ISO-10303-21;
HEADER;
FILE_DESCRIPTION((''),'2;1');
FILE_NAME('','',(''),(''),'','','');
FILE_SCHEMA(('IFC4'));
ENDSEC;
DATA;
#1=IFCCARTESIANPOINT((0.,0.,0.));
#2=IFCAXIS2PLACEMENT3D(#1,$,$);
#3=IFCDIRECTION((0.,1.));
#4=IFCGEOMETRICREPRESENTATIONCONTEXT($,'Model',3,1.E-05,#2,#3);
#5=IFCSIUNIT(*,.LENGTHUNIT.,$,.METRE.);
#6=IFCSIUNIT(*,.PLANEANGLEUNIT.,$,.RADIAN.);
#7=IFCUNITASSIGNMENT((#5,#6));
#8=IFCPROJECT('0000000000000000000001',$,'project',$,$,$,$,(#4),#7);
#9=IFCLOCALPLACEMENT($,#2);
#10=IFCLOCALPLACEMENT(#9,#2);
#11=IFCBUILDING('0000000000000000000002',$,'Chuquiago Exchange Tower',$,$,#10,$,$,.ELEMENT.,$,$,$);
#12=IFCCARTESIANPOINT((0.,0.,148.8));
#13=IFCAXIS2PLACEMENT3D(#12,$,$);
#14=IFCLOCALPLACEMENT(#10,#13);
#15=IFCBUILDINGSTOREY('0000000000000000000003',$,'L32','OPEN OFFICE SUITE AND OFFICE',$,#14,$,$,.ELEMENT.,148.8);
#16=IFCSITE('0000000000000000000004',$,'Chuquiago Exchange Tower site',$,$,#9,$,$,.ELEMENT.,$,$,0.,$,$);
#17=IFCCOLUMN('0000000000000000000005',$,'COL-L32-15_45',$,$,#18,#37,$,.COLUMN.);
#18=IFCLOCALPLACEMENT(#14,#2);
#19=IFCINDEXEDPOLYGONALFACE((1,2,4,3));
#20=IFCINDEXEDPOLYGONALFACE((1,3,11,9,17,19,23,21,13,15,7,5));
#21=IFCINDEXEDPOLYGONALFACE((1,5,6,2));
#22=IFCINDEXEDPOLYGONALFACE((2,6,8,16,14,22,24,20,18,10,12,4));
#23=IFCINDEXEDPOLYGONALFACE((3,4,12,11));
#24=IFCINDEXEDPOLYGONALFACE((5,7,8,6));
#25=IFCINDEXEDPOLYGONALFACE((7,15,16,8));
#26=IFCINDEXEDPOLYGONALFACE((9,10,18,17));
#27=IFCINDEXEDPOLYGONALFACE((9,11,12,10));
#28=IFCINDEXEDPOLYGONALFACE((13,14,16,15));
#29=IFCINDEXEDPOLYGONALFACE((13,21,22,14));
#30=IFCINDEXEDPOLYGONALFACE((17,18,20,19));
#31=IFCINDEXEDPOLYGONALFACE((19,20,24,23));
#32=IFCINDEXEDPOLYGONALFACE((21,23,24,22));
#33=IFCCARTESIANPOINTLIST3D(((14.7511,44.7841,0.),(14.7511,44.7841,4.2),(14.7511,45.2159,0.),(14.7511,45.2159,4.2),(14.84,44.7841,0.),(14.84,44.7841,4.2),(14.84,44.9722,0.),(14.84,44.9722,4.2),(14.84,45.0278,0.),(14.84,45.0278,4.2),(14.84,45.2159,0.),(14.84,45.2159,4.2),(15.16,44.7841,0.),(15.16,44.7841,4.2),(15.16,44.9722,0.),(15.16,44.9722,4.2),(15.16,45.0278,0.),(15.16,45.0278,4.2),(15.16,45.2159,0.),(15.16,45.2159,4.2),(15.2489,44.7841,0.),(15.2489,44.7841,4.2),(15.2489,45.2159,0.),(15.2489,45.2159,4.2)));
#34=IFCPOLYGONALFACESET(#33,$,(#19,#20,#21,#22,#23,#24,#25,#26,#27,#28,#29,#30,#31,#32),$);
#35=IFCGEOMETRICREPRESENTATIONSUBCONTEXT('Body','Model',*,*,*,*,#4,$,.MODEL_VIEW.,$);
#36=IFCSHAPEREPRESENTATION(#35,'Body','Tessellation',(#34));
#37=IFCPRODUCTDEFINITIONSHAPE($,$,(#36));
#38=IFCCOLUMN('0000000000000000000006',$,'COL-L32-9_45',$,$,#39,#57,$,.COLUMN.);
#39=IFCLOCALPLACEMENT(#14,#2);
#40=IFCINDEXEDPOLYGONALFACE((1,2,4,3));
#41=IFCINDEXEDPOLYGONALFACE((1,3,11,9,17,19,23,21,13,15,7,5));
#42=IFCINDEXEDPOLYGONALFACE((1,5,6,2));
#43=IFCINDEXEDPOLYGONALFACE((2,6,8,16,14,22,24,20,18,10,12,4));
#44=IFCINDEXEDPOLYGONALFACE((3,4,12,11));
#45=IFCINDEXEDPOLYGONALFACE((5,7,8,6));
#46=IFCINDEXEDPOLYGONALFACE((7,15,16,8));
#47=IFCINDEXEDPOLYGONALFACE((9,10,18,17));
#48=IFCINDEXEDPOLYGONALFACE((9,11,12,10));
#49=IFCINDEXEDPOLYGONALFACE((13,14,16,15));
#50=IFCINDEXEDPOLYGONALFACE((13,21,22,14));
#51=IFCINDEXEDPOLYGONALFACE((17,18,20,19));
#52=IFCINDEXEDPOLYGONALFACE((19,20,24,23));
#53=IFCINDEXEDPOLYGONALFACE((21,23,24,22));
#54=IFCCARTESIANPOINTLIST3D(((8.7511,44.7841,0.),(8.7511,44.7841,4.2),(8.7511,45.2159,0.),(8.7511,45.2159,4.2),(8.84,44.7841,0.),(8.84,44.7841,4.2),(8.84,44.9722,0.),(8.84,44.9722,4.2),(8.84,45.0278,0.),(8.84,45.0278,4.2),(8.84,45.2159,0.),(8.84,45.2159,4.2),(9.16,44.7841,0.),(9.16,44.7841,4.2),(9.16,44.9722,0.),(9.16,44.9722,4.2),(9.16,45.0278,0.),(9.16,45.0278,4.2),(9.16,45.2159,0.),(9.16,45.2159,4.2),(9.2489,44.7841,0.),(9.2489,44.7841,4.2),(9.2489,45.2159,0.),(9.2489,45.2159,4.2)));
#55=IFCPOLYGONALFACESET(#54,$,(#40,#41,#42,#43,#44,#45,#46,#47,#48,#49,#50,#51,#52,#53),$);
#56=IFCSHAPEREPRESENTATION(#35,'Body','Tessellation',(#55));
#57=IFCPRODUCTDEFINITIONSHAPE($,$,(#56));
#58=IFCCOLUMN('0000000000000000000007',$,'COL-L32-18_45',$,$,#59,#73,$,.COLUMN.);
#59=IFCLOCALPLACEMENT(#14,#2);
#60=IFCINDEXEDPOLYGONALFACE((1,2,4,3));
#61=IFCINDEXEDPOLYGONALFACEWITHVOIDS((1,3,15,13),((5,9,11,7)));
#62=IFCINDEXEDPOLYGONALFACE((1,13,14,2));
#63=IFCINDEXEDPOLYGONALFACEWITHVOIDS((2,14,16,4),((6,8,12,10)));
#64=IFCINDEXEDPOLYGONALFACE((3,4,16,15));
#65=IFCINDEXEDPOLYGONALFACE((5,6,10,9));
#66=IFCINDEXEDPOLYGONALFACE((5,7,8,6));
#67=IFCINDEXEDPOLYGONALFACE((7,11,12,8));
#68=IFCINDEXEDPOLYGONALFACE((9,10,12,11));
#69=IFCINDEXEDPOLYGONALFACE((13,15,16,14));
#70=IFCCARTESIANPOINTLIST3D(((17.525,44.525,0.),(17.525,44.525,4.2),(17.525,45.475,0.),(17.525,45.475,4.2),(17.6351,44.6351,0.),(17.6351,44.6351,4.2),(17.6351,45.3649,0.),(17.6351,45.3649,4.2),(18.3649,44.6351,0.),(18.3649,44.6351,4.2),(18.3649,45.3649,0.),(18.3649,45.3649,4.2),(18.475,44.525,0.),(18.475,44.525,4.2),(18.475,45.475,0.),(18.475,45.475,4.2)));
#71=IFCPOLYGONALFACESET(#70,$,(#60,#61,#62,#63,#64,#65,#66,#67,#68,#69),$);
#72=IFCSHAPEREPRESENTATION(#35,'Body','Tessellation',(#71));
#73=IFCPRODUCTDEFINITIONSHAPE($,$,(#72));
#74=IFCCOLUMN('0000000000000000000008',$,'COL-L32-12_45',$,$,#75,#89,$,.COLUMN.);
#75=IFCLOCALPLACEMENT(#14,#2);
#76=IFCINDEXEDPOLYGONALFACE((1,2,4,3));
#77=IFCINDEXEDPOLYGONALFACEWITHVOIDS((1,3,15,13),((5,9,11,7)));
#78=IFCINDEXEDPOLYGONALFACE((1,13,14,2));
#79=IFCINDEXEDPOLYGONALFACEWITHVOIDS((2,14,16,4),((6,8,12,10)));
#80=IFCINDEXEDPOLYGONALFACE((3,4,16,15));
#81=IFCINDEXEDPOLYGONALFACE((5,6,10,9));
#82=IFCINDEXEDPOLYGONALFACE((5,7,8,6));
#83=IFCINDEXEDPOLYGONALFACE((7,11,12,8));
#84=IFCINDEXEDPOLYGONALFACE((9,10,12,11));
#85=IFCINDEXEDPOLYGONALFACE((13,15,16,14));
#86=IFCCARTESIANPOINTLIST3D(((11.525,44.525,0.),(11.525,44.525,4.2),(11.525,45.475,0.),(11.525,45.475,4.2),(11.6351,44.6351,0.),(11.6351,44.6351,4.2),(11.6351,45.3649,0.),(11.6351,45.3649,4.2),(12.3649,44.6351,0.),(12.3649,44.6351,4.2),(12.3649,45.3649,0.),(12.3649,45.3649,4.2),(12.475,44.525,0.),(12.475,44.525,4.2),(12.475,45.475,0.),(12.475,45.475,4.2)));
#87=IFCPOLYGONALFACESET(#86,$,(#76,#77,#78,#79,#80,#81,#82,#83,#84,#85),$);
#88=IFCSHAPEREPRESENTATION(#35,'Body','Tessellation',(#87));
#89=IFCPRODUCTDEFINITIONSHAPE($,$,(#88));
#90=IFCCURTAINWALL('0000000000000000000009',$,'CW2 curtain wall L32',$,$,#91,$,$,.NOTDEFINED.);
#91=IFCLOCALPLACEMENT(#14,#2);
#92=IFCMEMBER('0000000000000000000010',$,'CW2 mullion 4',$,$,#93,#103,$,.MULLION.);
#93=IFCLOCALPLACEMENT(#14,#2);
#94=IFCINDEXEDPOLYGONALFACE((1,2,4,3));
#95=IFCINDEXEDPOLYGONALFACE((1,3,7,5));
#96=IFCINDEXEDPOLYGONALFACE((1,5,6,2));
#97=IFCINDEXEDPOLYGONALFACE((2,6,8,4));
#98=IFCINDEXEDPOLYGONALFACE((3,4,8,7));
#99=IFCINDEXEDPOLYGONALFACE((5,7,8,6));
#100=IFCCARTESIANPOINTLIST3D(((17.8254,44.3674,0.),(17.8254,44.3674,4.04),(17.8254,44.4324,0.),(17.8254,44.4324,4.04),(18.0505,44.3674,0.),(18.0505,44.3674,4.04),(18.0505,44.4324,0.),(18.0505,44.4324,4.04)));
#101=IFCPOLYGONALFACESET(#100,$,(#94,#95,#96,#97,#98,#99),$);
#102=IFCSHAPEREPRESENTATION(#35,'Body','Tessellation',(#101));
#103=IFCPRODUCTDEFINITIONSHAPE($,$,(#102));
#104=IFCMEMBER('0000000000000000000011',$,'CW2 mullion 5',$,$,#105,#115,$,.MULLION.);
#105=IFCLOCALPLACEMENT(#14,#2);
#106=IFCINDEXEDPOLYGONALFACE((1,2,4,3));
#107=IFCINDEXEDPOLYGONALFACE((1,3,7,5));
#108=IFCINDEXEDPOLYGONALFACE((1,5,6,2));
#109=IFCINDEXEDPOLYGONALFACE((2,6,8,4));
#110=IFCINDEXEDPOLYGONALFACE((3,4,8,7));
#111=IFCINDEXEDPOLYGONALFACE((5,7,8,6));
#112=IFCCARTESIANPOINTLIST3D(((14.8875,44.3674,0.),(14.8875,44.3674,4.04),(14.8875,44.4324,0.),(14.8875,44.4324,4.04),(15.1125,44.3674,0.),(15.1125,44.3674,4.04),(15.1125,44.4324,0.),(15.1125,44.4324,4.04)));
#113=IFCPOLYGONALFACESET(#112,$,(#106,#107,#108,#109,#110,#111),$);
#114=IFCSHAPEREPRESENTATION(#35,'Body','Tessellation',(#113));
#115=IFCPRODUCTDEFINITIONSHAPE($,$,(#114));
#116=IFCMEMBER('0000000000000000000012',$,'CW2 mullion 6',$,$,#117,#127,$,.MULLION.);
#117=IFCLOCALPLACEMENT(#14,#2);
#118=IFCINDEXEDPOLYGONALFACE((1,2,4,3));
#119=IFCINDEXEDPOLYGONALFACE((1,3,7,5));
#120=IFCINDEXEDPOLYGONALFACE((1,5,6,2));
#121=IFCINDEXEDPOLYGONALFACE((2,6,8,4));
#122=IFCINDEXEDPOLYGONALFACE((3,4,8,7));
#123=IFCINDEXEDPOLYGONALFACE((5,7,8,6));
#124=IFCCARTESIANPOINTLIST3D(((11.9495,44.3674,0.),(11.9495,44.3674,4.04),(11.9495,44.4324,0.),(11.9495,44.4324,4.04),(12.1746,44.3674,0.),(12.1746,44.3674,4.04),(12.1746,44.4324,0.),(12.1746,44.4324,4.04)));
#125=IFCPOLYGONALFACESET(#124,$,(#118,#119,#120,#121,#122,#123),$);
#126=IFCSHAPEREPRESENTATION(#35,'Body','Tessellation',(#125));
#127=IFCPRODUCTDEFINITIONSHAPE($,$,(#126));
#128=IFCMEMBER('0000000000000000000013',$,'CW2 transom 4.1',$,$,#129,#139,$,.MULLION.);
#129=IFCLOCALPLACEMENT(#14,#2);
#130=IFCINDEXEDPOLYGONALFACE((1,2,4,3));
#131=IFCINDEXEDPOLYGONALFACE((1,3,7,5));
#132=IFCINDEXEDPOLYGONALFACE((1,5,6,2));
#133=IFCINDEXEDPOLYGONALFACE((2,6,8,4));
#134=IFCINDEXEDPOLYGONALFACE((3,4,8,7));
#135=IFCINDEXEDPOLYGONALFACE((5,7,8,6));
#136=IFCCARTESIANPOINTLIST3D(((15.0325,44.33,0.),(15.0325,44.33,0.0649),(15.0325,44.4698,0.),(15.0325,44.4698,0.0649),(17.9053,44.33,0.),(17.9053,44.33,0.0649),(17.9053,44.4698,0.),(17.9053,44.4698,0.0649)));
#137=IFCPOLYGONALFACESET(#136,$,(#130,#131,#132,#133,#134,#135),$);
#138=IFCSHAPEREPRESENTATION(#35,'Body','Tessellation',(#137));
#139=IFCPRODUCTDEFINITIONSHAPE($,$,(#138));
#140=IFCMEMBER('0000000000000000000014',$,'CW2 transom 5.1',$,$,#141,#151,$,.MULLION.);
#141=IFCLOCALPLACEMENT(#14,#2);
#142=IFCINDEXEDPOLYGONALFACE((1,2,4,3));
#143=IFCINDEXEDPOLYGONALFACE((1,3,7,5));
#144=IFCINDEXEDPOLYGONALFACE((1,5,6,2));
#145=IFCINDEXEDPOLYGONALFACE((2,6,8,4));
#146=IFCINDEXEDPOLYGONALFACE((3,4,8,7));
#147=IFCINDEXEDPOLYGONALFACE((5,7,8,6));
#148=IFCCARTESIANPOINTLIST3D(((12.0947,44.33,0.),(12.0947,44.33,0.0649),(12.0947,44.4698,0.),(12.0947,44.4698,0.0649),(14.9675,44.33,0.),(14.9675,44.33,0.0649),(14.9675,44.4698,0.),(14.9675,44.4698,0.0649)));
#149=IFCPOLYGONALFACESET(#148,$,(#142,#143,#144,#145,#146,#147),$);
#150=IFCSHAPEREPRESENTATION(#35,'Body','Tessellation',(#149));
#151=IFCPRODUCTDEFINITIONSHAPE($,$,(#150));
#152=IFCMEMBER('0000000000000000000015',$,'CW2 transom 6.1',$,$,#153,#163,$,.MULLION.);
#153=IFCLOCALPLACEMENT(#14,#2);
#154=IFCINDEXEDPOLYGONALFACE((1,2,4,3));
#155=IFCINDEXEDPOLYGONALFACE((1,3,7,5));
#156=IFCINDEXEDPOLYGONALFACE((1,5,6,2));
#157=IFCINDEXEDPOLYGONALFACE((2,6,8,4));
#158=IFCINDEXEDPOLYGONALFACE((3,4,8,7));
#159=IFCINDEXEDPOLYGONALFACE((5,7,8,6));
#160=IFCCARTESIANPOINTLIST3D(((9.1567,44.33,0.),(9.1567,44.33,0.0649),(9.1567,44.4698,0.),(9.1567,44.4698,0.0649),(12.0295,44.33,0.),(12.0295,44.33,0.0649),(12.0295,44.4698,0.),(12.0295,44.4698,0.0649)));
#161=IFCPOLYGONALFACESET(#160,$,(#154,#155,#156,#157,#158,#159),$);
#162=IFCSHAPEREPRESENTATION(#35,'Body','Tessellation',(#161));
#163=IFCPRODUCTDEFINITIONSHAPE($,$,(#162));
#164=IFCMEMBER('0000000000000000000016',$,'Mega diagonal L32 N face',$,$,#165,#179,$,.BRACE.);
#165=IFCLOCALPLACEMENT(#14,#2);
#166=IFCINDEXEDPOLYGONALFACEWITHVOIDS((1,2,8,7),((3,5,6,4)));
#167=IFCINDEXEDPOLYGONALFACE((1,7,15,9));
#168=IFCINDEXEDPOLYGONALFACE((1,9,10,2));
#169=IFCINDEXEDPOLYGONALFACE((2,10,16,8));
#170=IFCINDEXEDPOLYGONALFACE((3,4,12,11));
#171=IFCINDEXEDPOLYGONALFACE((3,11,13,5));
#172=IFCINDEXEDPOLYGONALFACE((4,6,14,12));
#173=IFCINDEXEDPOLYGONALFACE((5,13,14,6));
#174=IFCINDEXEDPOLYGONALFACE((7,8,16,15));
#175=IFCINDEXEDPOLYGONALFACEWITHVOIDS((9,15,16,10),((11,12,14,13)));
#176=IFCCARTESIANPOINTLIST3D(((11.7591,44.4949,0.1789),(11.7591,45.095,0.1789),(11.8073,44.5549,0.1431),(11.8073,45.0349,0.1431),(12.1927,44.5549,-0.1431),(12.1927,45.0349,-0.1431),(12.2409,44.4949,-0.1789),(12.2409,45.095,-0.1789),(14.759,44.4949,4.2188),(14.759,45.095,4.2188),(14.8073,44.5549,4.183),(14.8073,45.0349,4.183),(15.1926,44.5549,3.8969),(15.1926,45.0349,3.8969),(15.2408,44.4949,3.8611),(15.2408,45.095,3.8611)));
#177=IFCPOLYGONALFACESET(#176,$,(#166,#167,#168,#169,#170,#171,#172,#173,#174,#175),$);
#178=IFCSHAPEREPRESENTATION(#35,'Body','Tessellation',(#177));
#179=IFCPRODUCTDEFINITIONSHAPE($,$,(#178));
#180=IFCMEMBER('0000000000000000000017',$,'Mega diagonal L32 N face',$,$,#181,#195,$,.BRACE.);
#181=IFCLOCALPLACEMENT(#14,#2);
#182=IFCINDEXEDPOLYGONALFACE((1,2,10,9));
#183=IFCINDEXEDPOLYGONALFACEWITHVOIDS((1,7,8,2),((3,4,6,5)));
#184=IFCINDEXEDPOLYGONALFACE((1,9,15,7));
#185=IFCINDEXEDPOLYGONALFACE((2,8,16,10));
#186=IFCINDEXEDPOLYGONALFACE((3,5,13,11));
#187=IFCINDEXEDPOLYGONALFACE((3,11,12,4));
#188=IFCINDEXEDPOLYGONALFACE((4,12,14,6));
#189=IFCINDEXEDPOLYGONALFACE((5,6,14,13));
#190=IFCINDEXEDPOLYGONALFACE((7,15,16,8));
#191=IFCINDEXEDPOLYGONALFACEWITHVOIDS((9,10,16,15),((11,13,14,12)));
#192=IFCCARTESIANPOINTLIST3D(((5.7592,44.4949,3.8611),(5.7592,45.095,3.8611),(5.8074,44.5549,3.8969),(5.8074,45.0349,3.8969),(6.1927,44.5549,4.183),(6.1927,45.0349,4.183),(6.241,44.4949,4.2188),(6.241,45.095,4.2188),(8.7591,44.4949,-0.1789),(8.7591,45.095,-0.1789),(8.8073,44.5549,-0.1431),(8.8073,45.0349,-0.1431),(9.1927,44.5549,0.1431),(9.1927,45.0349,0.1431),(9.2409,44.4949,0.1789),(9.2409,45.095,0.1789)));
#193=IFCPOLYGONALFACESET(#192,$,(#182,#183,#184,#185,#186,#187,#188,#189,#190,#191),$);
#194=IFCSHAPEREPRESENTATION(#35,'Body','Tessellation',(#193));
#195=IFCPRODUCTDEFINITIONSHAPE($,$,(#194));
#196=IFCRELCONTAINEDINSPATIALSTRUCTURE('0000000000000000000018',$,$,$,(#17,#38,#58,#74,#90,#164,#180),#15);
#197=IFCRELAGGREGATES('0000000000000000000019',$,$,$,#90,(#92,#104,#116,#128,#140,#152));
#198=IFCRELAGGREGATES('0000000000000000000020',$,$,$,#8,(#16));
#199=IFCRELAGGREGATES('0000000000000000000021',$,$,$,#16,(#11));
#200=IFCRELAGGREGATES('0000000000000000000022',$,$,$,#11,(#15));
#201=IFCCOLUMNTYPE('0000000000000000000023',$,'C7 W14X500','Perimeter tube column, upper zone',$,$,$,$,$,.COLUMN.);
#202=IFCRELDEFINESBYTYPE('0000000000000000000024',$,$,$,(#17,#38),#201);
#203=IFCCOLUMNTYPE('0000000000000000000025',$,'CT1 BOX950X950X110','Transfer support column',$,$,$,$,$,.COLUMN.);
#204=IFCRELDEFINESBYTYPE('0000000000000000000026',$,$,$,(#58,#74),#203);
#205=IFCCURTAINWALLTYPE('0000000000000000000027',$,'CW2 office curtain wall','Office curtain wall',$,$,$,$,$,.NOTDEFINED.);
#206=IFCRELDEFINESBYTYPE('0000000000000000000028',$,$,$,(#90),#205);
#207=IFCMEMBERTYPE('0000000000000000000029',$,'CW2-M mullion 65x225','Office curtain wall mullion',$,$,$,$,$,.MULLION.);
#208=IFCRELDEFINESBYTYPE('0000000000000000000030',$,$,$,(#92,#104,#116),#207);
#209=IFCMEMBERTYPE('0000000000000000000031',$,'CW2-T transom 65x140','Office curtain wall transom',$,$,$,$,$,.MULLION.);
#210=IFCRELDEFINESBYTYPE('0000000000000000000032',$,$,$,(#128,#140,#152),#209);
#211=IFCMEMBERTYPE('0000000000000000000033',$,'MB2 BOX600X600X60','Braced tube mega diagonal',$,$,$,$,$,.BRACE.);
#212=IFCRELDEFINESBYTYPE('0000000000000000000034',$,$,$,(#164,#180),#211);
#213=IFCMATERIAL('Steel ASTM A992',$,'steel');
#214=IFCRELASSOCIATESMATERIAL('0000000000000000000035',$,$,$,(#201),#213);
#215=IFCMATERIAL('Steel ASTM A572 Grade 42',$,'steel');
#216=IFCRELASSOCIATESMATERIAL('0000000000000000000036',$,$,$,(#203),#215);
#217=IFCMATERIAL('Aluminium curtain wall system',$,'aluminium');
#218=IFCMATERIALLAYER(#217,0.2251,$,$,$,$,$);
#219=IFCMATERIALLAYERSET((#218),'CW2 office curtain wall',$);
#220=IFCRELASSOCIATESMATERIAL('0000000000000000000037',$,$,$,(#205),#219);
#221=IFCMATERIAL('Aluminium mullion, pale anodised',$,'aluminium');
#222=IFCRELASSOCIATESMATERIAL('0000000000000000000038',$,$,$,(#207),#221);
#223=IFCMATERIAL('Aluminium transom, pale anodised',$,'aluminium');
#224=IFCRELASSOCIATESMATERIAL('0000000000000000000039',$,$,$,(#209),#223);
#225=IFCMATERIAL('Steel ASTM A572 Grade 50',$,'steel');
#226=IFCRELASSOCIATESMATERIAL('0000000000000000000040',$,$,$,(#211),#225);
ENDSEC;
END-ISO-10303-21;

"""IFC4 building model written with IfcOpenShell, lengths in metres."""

from ifc_helpers import new_model, si_unit, direction, frame, origin, origin_2d, place, context, subcontext, project, spatial, rectangle, hollow_rectangle, i_section, extrude, material, layer, layer_set, material_profile, profile_set, type_object, element, aggregate, save


model = new_model("IFC4")

# Units and contexts
model_context = context("Model", 3, precision=1e-05, world=origin(), true_north=direction((0.0, 1.0)))
body_context = subcontext(model_context, "Body", "Model", "MODEL_VIEW")
ifc_project = project(units=[si_unit("LENGTHUNIT", "METRE"), si_unit("PLANEANGLEUNIT", "RADIAN")], contexts=[model_context])

# Site, building, storey
site_placement = place(None, origin())
site = spatial("IfcSite", under=ifc_project, at=site_placement, Name="Chuquiago Exchange Tower site", CompositionType="ELEMENT", RefElevation=0.0)
building_placement = place(site_placement, origin())
building = spatial("IfcBuilding", under=site, at=building_placement, Name="Chuquiago Exchange Tower", CompositionType="ELEMENT")
storey_placement = place(building_placement, frame((0.0, 0.0, 148.8)))
storey = spatial("IfcBuildingStorey", under=building, at=storey_placement, Name="L32", Description="OPEN OFFICE SUITE AND OFFICE", CompositionType="ELEMENT", Elevation=148.8)

# Columns
ifc_material_1 = material(Name="Steel ASTM A992", Category="steel")
ifc_material_profile_1 = material_profile(ifc_material_1, i_section(OverallWidth=0.4319, OverallDepth=0.4978, WebThickness=0.0557, FlangeThickness=0.0889, at=origin_2d()), Name="W14X500")
ifc_profile_set_1 = profile_set([ifc_material_profile_1], Name="Steel ASTM A992")
column_type_1 = type_object("IfcColumnType", Name="C7 W14X500", Description="Perimeter tube column, upper zone", PredefinedType="COLUMN", material=ifc_profile_set_1)
for number, where, z_axis, x_axis, name in (
    (1, (15.0, 45.0, 0.0), (0.0, 0.0, 1.0), (0.0, 1.0, 0.0), "COL-L32-15_45"),
    (2, (9.0, 45.0, 0.0), (0.0, 0.0, 1.0), (0.0, 1.0, 0.0), "COL-L32-9_45"),
):
    element("IfcColumn", number, at=place(storey_placement, frame(where, z_axis=z_axis, x_axis=x_axis)), inside=storey, type_object=column_type_1, Name=name, PredefinedType="COLUMN", context=body_context, shape_type="SweptSolid", body=[
        extrude(i_section(OverallWidth=0.4319, OverallDepth=0.4978, WebThickness=0.0557, FlangeThickness=0.0889, at=origin_2d()), origin(), (0.0, 0.0, 1.0), 4.2),
    ])
ifc_material_2 = material(Name="Steel ASTM A572 Grade 42", Category="steel")
ifc_material_profile_2 = material_profile(ifc_material_2, hollow_rectangle(XDim=0.95, YDim=0.95, WallThickness=0.1101, at=origin_2d()), Name="BOX950X950X110")
ifc_profile_set_2 = profile_set([ifc_material_profile_2], Name="Steel ASTM A572 Grade 42")
column_type_2 = type_object("IfcColumnType", Name="CT1 BOX950X950X110", Description="Transfer support column", PredefinedType="COLUMN", material=ifc_profile_set_2)
for number, where, z_axis, x_axis, name in (
    (3, (18.0, 45.0, 0.0), (0.0, 0.0, 1.0), (0.0, 1.0, 0.0), "COL-L32-18_45"),
    (4, (12.0, 45.0, 0.0), (0.0, 0.0, 1.0), (0.0, 1.0, 0.0), "COL-L32-12_45"),
):
    element("IfcColumn", number, at=place(storey_placement, frame(where, z_axis=z_axis, x_axis=x_axis)), inside=storey, type_object=column_type_2, Name=name, PredefinedType="COLUMN", context=body_context, shape_type="SweptSolid", body=[
        extrude(hollow_rectangle(XDim=0.95, YDim=0.95, WallThickness=0.1101, at=origin_2d()), origin(), (0.0, 0.0, 1.0), 4.2),
    ])

# Curtain wall, members
ifc_material_3 = material(Name="Aluminium curtain wall system", Category="aluminium")
ifc_layer_1 = layer(ifc_material_3, 0.2251)
ifc_layer_set_1 = layer_set([ifc_layer_1], Name="CW2 office curtain wall")
curtain_wall_type = type_object("IfcCurtainWallType", Name="CW2 office curtain wall", Description="Office curtain wall", PredefinedType="NOTDEFINED", material=ifc_layer_set_1)
curtain_wall_placement = place(storey_placement, origin())
curtain_wall = element("IfcCurtainWall", 5, at=curtain_wall_placement, inside=storey, type_object=curtain_wall_type, Name="CW2 curtain wall L32", PredefinedType="NOTDEFINED")
ifc_material_4 = material(Name="Aluminium mullion, pale anodised", Category="aluminium")
ifc_material_profile_3 = material_profile(ifc_material_4, rectangle(XDim=0.0649, YDim=0.2251, at=origin_2d()), Name="AL 65x225")
ifc_profile_set_3 = profile_set([ifc_material_profile_3], Name="Aluminium mullion, pale anodised")
member_type_1 = type_object("IfcMemberType", Name="CW2-M mullion 65x225", Description="Office curtain wall mullion", PredefinedType="MULLION", material=ifc_profile_set_3)
member_1_placement = place(storey_placement, frame((17.938, 44.3999, 0.0), z_axis=(0.0, 0.0, 1.0), x_axis=(0.0, -1.0, 0.0)))
member_1 = element("IfcMember", 6, at=member_1_placement, type_object=member_type_1, Name="CW2 mullion 4", PredefinedType="MULLION", context=body_context, shape_type="SweptSolid", body=[
    extrude(rectangle(XDim=0.0649, YDim=0.2251, at=origin_2d()), origin(), (0.0, 0.0, 1.0), 4.04),
])
member_2_placement = place(storey_placement, frame((15.0, 44.3999, 0.0), z_axis=(0.0, 0.0, 1.0), x_axis=(0.0, -1.0, 0.0)))
member_2 = element("IfcMember", 7, at=member_2_placement, type_object=member_type_1, Name="CW2 mullion 5", PredefinedType="MULLION", context=body_context, shape_type="SweptSolid", body=[
    extrude(rectangle(XDim=0.0649, YDim=0.2251, at=origin_2d()), origin(), (0.0, 0.0, 1.0), 4.04),
])
member_3_placement = place(storey_placement, frame((12.062, 44.3999, 0.0), z_axis=(0.0, 0.0, 1.0), x_axis=(0.0, -1.0, 0.0)))
member_3 = element("IfcMember", 8, at=member_3_placement, type_object=member_type_1, Name="CW2 mullion 6", PredefinedType="MULLION", context=body_context, shape_type="SweptSolid", body=[
    extrude(rectangle(XDim=0.0649, YDim=0.2251, at=origin_2d()), origin(), (0.0, 0.0, 1.0), 4.04),
])
ifc_material_5 = material(Name="Aluminium transom, pale anodised", Category="aluminium")
ifc_material_profile_4 = material_profile(ifc_material_5, rectangle(XDim=0.1399, YDim=0.0649, at=origin_2d()), Name="AL 140x65")
ifc_profile_set_4 = profile_set([ifc_material_profile_4], Name="Aluminium transom, pale anodised")
member_type_2 = type_object("IfcMemberType", Name="CW2-T transom 65x140", Description="Office curtain wall transom", PredefinedType="MULLION", material=ifc_profile_set_4)
member_4_placement = place(storey_placement, frame((17.9053, 44.3999, 0.0325), z_axis=(-1.0, 0.0, 0.0), x_axis=(0.0, -1.0, 0.0)))
member_4 = element("IfcMember", 9, at=member_4_placement, type_object=member_type_2, Name="CW2 transom 4.1", PredefinedType="MULLION", context=body_context, shape_type="SweptSolid", body=[
    extrude(rectangle(XDim=0.1399, YDim=0.0649, at=origin_2d()), origin(), (0.0, 0.0, 1.0), 2.8728),
])
member_5_placement = place(storey_placement, frame((14.9675, 44.3999, 0.0325), z_axis=(-1.0, 0.0, 0.0), x_axis=(0.0, -1.0, 0.0)))
member_5 = element("IfcMember", 10, at=member_5_placement, type_object=member_type_2, Name="CW2 transom 5.1", PredefinedType="MULLION", context=body_context, shape_type="SweptSolid", body=[
    extrude(rectangle(XDim=0.1399, YDim=0.0649, at=origin_2d()), origin(), (0.0, 0.0, 1.0), 2.8728),
])
member_6_placement = place(storey_placement, frame((12.0295, 44.3999, 0.0325), z_axis=(-1.0, 0.0, 0.0), x_axis=(0.0, -1.0, 0.0)))
member_6 = element("IfcMember", 11, at=member_6_placement, type_object=member_type_2, Name="CW2 transom 6.1", PredefinedType="MULLION", context=body_context, shape_type="SweptSolid", body=[
    extrude(rectangle(XDim=0.1399, YDim=0.0649, at=origin_2d()), origin(), (0.0, 0.0, 1.0), 2.8728),
])

# Members
ifc_material_6 = material(Name="Steel ASTM A572 Grade 50", Category="steel")
ifc_material_profile_5 = material_profile(ifc_material_6, hollow_rectangle(XDim=0.6001, YDim=0.6001, WallThickness=0.0601, at=origin_2d()), Name="BOX600X600X60")
ifc_profile_set_5 = profile_set([ifc_material_profile_5], Name="Steel ASTM A572 Grade 50")
member_type_3 = type_object("IfcMemberType", Name="MB2 BOX600X600X60", Description="Braced tube mega diagonal", PredefinedType="BRACE", material=ifc_profile_set_5)
for number, where, z_axis, x_axis, name in (
    (12, (12.0, 44.7949, 0.0), (0.596174, 0.0, 0.802855), (0.0, 1.0, 0.0), "Mega diagonal L32 N face"),
    (13, (9.0, 44.7949, 0.0), (-0.596174, 0.0, 0.802855), (0.0, -1.0, 0.0), "Mega diagonal L32 N face"),
):
    element("IfcMember", number, at=place(storey_placement, frame(where, z_axis=z_axis, x_axis=x_axis)), inside=storey, type_object=member_type_3, Name=name, PredefinedType="BRACE", context=body_context, shape_type="SweptSolid", body=[
        extrude(hollow_rectangle(XDim=0.6001, YDim=0.6001, WallThickness=0.0601, at=origin_2d()), origin(), (0.0, 0.0, 1.0), 5.032),
    ])

aggregate(curtain_wall, [member_1, member_2, member_3, member_4, member_5, member_6])

save(model, "model.ifc")
